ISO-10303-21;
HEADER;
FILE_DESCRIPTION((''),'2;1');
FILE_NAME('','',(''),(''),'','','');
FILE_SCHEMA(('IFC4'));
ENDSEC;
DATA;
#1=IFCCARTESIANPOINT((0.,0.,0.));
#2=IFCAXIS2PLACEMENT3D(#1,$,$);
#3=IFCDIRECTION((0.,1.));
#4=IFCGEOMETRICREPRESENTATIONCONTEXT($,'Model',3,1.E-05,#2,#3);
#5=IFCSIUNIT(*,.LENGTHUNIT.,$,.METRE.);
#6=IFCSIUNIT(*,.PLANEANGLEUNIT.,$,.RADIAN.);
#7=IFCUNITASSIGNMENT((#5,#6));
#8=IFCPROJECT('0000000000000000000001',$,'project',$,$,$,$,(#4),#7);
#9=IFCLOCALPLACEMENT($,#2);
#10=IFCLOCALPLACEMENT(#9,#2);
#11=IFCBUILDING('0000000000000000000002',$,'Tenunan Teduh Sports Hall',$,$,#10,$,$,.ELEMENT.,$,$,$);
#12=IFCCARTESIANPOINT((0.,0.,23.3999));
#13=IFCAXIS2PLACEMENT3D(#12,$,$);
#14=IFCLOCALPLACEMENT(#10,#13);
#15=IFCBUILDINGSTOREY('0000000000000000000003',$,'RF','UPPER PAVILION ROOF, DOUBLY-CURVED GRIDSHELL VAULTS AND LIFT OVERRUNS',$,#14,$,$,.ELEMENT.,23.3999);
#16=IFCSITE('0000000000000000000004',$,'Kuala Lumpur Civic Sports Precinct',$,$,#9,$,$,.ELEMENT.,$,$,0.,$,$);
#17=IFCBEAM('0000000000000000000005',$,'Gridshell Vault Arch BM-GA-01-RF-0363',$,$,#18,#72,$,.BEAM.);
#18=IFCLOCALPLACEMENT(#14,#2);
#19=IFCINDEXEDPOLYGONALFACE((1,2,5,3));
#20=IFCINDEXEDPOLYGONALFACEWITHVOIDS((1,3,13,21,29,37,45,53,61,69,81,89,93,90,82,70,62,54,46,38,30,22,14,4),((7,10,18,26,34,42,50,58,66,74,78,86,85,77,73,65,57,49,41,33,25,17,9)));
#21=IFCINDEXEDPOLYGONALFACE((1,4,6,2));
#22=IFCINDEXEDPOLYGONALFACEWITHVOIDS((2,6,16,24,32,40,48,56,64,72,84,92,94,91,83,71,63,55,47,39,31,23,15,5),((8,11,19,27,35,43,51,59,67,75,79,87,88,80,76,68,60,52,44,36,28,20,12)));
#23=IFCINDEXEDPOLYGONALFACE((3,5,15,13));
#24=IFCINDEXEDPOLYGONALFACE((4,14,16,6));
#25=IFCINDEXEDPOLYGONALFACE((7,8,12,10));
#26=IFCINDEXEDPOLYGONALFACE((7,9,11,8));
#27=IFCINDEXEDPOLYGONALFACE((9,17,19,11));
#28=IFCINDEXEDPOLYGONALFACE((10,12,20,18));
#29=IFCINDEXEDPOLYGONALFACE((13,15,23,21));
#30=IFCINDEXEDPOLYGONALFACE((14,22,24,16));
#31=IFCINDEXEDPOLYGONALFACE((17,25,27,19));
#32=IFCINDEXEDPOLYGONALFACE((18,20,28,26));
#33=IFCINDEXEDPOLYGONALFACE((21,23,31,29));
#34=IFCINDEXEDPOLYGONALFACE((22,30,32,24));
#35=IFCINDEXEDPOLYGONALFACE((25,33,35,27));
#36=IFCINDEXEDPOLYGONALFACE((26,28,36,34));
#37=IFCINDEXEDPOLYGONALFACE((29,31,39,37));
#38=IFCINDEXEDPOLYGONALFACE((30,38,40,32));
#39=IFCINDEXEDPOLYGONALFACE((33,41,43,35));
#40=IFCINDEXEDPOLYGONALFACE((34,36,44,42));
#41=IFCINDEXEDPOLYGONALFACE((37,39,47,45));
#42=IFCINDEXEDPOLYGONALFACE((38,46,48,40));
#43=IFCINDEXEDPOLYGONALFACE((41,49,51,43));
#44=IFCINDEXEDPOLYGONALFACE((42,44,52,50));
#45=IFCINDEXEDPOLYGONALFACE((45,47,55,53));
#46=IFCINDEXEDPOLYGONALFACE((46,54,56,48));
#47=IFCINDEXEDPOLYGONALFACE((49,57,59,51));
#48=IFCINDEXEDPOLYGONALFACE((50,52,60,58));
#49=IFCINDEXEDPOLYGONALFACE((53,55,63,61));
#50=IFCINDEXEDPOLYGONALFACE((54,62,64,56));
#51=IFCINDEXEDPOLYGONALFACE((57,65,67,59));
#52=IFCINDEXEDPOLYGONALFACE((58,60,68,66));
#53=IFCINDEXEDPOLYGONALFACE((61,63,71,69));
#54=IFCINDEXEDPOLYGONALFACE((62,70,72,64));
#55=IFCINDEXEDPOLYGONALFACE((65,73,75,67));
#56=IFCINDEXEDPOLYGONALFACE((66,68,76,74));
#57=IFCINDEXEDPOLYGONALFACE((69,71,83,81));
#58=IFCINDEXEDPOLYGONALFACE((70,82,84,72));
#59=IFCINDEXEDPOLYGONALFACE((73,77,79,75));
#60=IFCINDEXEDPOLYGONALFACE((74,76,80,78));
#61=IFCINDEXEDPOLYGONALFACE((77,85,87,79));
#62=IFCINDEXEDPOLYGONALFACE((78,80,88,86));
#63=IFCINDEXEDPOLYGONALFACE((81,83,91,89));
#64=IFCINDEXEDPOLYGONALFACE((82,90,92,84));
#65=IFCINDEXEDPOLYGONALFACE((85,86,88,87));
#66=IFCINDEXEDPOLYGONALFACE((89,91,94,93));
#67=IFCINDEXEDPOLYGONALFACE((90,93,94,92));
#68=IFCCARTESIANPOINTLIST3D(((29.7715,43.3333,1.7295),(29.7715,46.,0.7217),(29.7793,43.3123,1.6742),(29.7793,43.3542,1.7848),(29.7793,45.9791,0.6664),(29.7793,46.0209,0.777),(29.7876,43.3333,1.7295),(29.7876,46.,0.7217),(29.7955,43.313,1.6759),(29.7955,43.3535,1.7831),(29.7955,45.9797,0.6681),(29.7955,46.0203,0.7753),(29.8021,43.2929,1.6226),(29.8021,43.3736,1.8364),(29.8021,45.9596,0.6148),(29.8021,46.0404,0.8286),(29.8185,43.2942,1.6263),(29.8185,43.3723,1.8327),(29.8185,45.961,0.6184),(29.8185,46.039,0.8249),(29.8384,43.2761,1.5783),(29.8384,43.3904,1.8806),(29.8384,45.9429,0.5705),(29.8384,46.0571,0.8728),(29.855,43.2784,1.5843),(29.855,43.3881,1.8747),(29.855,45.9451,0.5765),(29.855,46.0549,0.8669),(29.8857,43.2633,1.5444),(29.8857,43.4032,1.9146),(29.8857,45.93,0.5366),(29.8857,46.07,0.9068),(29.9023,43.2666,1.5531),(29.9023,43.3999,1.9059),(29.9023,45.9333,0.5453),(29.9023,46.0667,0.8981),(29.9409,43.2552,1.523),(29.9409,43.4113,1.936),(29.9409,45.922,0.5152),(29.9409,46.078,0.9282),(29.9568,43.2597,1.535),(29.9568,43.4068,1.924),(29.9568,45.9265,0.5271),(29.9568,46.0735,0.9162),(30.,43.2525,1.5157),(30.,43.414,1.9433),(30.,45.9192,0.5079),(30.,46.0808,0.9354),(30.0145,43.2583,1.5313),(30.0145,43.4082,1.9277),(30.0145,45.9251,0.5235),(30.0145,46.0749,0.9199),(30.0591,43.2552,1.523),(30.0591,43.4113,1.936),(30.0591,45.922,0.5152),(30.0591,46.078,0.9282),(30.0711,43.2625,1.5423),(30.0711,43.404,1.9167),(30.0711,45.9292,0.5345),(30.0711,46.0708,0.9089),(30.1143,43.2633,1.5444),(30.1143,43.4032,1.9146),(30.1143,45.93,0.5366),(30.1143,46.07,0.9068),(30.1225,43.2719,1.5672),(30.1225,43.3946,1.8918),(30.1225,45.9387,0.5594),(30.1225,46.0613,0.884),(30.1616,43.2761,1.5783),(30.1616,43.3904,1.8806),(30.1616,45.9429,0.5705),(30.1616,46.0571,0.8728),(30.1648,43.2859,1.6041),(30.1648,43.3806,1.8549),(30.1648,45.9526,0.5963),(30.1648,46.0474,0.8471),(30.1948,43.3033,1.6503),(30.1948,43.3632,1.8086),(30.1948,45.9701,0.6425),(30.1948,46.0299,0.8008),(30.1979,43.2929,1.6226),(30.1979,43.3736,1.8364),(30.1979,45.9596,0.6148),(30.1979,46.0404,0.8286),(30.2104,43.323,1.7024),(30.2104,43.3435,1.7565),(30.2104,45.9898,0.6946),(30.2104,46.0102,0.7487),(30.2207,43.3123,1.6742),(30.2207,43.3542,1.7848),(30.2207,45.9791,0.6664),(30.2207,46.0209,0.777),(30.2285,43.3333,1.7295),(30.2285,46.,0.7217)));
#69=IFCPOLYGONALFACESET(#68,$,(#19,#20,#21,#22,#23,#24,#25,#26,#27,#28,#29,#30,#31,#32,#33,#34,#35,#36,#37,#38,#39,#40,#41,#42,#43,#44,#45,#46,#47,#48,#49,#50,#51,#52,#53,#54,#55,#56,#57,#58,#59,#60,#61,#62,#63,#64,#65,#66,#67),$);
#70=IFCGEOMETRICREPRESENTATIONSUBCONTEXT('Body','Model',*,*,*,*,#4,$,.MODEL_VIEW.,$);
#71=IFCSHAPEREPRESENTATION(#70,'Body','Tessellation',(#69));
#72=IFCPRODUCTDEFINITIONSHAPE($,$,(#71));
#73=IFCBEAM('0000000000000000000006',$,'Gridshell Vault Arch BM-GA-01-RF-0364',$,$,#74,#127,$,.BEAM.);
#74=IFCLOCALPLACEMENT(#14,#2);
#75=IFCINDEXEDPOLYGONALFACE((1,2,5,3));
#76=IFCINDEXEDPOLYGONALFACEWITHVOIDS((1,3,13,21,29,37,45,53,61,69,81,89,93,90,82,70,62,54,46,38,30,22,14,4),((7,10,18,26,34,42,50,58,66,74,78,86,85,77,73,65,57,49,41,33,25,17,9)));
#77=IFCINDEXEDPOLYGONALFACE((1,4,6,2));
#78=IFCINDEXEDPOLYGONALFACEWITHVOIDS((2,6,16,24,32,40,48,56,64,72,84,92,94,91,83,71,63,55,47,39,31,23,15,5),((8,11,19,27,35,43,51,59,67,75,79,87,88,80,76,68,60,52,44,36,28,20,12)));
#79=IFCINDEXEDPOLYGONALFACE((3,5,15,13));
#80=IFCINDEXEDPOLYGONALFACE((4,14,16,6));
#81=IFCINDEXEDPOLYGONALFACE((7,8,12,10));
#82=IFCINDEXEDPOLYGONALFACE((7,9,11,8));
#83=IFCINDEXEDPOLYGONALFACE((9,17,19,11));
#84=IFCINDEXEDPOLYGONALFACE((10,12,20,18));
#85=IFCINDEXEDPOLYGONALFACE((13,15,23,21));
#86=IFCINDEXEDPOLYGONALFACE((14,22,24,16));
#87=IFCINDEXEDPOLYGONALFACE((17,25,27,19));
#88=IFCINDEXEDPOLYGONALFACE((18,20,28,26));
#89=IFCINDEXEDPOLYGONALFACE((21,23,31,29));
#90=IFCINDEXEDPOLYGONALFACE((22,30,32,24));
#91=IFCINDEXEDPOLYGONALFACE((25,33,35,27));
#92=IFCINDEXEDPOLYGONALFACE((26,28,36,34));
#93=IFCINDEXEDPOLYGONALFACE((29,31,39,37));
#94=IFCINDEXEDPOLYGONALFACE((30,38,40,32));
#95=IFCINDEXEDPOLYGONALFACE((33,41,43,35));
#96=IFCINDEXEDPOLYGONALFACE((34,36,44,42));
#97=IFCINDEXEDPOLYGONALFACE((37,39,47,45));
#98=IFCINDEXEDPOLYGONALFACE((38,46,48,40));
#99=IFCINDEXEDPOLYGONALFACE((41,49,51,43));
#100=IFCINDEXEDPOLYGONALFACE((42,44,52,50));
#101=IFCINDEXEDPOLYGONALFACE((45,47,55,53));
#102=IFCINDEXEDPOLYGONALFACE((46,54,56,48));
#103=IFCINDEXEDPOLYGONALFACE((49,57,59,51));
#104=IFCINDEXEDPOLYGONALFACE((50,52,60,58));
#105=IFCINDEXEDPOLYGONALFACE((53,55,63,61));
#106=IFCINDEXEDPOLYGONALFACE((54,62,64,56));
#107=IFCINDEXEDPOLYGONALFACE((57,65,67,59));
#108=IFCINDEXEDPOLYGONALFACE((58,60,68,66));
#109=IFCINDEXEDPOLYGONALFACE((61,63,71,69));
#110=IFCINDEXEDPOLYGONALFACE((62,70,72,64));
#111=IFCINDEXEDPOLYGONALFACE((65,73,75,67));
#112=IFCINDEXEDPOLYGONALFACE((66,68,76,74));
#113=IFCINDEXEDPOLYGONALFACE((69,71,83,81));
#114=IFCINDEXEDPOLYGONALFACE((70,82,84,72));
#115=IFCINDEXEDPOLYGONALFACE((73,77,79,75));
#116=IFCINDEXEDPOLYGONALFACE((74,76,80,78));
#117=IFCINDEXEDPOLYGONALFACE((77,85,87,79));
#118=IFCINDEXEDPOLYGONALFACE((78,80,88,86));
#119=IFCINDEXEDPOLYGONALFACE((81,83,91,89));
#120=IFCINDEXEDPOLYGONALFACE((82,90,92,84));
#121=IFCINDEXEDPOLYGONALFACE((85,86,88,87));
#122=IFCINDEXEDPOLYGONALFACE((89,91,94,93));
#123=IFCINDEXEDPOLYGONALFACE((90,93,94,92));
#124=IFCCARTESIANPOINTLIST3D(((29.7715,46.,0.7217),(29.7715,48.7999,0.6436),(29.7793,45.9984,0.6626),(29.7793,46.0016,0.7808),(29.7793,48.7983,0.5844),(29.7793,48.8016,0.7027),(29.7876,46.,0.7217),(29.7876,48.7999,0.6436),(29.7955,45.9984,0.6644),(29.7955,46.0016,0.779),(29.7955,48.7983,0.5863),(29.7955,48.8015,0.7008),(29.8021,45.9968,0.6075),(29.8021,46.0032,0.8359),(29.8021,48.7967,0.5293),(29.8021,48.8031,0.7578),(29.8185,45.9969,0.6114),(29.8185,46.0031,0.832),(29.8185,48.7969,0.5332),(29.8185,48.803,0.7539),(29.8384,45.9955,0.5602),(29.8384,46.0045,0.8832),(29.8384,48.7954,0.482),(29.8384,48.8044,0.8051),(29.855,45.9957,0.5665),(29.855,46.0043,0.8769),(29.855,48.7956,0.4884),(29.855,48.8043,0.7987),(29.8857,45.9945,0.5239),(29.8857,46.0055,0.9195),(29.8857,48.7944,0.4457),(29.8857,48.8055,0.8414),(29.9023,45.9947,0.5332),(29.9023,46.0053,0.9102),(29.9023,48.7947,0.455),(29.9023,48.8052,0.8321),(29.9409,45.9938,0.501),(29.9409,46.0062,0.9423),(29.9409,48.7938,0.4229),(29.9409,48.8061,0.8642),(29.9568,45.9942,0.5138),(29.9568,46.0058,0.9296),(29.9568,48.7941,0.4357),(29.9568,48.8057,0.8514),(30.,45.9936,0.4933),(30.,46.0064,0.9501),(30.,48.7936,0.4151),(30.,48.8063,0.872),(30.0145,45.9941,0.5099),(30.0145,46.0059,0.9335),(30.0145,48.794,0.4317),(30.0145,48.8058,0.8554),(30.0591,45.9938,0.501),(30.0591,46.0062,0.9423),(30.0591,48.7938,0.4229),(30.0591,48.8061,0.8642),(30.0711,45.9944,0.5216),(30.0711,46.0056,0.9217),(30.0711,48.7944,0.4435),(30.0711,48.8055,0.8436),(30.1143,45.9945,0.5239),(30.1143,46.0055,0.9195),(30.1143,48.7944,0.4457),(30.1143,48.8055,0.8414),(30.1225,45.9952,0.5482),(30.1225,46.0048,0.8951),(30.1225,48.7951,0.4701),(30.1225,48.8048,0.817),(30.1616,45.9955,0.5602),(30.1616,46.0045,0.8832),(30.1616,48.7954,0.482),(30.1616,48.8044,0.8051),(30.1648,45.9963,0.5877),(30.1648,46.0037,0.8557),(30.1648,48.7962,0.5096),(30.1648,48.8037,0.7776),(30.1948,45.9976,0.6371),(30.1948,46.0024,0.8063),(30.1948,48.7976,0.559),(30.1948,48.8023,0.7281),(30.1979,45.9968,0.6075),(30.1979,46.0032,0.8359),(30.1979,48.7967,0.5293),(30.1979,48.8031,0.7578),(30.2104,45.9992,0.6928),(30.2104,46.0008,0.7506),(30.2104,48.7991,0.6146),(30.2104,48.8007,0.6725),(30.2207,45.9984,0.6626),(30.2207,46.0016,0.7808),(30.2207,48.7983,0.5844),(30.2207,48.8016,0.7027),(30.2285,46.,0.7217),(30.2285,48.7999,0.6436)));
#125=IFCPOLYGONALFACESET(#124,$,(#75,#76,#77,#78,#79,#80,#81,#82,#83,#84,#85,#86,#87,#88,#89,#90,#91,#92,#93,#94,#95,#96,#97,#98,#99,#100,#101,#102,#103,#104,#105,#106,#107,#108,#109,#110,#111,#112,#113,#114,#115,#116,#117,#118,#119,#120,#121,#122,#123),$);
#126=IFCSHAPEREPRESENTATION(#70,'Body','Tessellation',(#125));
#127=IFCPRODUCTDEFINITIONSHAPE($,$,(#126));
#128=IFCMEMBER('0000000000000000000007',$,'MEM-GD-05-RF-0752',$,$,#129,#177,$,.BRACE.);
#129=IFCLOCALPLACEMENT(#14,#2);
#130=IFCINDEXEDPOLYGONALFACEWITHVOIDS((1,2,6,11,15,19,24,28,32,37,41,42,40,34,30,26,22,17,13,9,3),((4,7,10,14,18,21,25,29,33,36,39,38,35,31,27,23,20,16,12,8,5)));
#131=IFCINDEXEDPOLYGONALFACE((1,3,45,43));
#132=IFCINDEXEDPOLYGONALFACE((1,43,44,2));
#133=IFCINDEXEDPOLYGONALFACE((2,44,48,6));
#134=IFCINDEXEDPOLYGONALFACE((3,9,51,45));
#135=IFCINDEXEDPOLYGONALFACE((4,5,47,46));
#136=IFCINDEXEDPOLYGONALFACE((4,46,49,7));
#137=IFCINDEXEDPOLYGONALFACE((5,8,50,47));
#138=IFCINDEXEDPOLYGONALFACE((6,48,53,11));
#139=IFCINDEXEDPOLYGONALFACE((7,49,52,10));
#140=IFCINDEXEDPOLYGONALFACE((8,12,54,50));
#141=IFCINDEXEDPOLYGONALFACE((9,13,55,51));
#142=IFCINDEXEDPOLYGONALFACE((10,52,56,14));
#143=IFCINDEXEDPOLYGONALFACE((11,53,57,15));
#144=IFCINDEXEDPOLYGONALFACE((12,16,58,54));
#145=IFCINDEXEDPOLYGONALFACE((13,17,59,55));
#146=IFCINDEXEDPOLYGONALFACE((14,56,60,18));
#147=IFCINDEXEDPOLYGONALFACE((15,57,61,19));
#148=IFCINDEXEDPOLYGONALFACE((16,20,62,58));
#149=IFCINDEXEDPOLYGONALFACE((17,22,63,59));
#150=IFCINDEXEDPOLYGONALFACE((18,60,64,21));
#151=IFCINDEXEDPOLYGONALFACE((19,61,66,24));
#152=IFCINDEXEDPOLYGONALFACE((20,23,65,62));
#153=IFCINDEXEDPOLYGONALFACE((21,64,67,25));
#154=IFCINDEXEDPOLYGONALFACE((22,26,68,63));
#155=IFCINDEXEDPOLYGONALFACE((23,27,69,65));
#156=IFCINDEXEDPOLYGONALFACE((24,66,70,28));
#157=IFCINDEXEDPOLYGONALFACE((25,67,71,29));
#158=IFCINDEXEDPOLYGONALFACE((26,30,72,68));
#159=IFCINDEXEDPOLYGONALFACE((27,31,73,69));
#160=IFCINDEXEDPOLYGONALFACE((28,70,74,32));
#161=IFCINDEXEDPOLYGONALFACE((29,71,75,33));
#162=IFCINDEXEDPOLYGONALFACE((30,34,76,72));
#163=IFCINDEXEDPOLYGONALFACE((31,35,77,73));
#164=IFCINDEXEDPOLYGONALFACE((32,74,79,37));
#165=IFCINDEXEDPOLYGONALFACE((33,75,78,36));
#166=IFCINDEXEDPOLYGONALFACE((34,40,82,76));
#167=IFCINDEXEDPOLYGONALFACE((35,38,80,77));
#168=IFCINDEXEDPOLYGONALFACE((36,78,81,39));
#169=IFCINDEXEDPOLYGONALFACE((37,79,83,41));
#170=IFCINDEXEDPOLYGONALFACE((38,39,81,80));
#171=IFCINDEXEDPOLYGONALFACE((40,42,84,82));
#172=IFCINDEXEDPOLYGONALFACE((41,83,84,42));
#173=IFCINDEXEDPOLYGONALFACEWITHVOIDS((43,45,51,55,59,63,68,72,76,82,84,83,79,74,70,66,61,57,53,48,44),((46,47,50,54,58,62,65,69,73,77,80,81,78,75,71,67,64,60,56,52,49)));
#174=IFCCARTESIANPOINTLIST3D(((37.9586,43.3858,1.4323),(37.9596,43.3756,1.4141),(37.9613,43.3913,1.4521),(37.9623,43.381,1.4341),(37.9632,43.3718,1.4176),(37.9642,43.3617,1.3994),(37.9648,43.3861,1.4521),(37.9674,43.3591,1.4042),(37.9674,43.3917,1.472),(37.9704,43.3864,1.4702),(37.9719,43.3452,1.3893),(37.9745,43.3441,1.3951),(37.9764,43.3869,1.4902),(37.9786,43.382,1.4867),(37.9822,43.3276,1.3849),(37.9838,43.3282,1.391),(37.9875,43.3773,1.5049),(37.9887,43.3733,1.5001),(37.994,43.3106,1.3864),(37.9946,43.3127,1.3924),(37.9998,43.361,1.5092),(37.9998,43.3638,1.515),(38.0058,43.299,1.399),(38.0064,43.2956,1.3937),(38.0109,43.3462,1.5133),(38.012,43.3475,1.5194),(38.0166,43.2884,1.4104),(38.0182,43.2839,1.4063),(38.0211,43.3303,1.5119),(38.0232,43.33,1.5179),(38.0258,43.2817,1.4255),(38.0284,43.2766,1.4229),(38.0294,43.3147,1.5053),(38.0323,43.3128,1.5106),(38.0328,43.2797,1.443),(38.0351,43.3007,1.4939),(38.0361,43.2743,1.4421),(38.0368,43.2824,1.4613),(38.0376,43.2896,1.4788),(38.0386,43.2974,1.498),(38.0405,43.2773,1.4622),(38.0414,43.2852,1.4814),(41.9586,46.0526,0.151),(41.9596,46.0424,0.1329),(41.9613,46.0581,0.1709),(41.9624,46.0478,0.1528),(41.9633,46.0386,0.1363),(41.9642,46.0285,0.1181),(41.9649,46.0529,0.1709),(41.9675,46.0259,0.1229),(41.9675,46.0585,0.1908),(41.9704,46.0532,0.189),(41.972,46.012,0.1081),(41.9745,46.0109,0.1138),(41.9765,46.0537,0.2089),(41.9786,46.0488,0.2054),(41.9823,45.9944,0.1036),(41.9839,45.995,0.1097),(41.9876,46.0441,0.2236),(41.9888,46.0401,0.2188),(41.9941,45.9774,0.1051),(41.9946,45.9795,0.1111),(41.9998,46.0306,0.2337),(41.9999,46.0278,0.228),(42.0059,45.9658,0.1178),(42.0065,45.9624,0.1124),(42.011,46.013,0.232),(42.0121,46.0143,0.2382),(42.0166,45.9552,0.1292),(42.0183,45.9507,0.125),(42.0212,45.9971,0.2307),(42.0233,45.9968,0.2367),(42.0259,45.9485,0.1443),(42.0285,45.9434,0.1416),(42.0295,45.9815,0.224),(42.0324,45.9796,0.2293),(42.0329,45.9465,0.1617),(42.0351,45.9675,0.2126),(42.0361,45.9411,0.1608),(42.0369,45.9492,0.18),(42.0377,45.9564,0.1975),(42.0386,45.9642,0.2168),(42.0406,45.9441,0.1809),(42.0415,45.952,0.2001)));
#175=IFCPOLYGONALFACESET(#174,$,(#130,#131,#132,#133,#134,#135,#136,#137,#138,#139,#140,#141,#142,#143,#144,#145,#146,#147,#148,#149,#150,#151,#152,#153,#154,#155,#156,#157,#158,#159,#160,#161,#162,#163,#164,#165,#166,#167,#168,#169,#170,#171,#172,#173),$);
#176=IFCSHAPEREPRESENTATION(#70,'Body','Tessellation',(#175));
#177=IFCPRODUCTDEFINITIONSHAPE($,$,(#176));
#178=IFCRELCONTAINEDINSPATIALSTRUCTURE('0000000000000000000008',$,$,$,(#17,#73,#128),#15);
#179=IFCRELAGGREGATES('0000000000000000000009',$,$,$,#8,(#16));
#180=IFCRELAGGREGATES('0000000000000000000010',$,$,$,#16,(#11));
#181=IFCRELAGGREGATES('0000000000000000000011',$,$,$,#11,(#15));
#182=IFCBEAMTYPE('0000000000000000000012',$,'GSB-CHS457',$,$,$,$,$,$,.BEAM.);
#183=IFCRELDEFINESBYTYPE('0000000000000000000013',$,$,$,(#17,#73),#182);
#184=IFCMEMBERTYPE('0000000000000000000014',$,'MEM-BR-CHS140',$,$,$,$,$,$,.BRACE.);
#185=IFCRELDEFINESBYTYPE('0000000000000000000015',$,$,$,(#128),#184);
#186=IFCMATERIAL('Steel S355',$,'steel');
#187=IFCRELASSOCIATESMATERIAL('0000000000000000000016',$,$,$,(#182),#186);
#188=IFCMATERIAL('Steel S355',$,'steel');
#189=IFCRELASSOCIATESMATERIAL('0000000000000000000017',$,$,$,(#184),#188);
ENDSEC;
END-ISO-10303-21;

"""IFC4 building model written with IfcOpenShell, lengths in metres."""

from ifc_helpers import new_model, si_unit, direction, frame, origin, origin_2d, place, context, subcontext, project, spatial, hollow_circle, extrude, material, material_profile, profile_set, type_object, element, save


model = new_model("IFC4")

# Units and contexts
model_context = context("Model", 3, precision=1e-05, world=origin(), true_north=direction((0.0, 1.0)))
body_context = subcontext(model_context, "Body", "Model", "MODEL_VIEW")
ifc_project = project(units=[si_unit("LENGTHUNIT", "METRE"), si_unit("PLANEANGLEUNIT", "RADIAN")], contexts=[model_context])

# Site, building, storey
site_placement = place(None, origin())
site = spatial("IfcSite", under=ifc_project, at=site_placement, Name="Kuala Lumpur Civic Sports Precinct", CompositionType="ELEMENT", RefElevation=0.0)
building_placement = place(site_placement, origin())
building = spatial("IfcBuilding", under=site, at=building_placement, Name="Tenunan Teduh Sports Hall", CompositionType="ELEMENT")
storey_placement = place(building_placement, frame((0.0, 0.0, 23.3999)))
storey = spatial("IfcBuildingStorey", under=building, at=storey_placement, Name="RF", Description="UPPER PAVILION ROOF, DOUBLY-CURVED GRIDSHELL VAULTS AND LIFT OVERRUNS", CompositionType="ELEMENT", Elevation=23.3999)

# Beams
ifc_material_1 = material(Name="Steel S355", Category="steel")
ifc_material_profile_1 = material_profile(ifc_material_1, hollow_circle(Radius=0.2285, WallThickness=0.0161, at=origin_2d()), Name="CHS 457.0x16.0")
ifc_profile_set_1 = profile_set([ifc_material_profile_1], Name="Steel S355")
beam_type_1 = type_object("IfcBeamType", Name="GSB-CHS457", PredefinedType="BEAM", material=ifc_profile_set_1)
beam_1_placement = place(storey_placement, frame((30.0, 43.3333, 1.7295), z_axis=(0.0, 0.935429, -0.353515), x_axis=(-1.0, 0.0, 0.0)))
element("IfcBeam", 1, at=beam_1_placement, inside=storey, type_object=beam_type_1, Name="Gridshell Vault Arch BM-GA-01-RF-0363", PredefinedType="BEAM", context=body_context, shape_type="SweptSolid", body=[
    extrude(hollow_circle(Radius=0.2285, WallThickness=0.0161, at=origin_2d()), origin(), (0.0, 0.0, 1.0), 2.8508),
])
beam_2_placement = place(storey_placement, frame((30.0, 46.0, 0.7217), z_axis=(0.0, 0.999611, -0.02789), x_axis=(-1.0, 0.0, 0.0)))
element("IfcBeam", 2, at=beam_2_placement, inside=storey, type_object=beam_type_1, Name="Gridshell Vault Arch BM-GA-01-RF-0364", PredefinedType="BEAM", context=body_context, shape_type="SweptSolid", body=[
    extrude(hollow_circle(Radius=0.2285, WallThickness=0.0161, at=origin_2d()), origin(), (0.0, 0.0, 1.0), 2.801),
])

# Member
ifc_material_2 = material(Name="Steel S355", Category="steel")
ifc_material_profile_2 = material_profile(ifc_material_2, hollow_circle(Radius=0.0698, WallThickness=0.0063, at=origin_2d()), Name="CHS 139.7x6.3")
ifc_profile_set_2 = profile_set([ifc_material_profile_2], Name="Steel S355")
member_type_1 = type_object("IfcMemberType", Name="MEM-BR-CHS140", PredefinedType="BRACE", material=ifc_profile_set_2)
member_1_placement = place(storey_placement, frame((38.0, 43.3333, 1.4521), z_axis=(0.803979, 0.536002, -0.257525), x_axis=(-0.554712, 0.832042, 0.0)))
element("IfcMember", 3, at=member_1_placement, inside=storey, type_object=member_type_1, Name="MEM-GD-05-RF-0752", PredefinedType="BRACE", context=body_context, shape_type="SweptSolid", body=[
    extrude(hollow_circle(Radius=0.0698, WallThickness=0.0063, at=origin_2d()), origin(), (0.0, 0.0, 1.0), 4.9753),
])

save(model, "model.ifc")
